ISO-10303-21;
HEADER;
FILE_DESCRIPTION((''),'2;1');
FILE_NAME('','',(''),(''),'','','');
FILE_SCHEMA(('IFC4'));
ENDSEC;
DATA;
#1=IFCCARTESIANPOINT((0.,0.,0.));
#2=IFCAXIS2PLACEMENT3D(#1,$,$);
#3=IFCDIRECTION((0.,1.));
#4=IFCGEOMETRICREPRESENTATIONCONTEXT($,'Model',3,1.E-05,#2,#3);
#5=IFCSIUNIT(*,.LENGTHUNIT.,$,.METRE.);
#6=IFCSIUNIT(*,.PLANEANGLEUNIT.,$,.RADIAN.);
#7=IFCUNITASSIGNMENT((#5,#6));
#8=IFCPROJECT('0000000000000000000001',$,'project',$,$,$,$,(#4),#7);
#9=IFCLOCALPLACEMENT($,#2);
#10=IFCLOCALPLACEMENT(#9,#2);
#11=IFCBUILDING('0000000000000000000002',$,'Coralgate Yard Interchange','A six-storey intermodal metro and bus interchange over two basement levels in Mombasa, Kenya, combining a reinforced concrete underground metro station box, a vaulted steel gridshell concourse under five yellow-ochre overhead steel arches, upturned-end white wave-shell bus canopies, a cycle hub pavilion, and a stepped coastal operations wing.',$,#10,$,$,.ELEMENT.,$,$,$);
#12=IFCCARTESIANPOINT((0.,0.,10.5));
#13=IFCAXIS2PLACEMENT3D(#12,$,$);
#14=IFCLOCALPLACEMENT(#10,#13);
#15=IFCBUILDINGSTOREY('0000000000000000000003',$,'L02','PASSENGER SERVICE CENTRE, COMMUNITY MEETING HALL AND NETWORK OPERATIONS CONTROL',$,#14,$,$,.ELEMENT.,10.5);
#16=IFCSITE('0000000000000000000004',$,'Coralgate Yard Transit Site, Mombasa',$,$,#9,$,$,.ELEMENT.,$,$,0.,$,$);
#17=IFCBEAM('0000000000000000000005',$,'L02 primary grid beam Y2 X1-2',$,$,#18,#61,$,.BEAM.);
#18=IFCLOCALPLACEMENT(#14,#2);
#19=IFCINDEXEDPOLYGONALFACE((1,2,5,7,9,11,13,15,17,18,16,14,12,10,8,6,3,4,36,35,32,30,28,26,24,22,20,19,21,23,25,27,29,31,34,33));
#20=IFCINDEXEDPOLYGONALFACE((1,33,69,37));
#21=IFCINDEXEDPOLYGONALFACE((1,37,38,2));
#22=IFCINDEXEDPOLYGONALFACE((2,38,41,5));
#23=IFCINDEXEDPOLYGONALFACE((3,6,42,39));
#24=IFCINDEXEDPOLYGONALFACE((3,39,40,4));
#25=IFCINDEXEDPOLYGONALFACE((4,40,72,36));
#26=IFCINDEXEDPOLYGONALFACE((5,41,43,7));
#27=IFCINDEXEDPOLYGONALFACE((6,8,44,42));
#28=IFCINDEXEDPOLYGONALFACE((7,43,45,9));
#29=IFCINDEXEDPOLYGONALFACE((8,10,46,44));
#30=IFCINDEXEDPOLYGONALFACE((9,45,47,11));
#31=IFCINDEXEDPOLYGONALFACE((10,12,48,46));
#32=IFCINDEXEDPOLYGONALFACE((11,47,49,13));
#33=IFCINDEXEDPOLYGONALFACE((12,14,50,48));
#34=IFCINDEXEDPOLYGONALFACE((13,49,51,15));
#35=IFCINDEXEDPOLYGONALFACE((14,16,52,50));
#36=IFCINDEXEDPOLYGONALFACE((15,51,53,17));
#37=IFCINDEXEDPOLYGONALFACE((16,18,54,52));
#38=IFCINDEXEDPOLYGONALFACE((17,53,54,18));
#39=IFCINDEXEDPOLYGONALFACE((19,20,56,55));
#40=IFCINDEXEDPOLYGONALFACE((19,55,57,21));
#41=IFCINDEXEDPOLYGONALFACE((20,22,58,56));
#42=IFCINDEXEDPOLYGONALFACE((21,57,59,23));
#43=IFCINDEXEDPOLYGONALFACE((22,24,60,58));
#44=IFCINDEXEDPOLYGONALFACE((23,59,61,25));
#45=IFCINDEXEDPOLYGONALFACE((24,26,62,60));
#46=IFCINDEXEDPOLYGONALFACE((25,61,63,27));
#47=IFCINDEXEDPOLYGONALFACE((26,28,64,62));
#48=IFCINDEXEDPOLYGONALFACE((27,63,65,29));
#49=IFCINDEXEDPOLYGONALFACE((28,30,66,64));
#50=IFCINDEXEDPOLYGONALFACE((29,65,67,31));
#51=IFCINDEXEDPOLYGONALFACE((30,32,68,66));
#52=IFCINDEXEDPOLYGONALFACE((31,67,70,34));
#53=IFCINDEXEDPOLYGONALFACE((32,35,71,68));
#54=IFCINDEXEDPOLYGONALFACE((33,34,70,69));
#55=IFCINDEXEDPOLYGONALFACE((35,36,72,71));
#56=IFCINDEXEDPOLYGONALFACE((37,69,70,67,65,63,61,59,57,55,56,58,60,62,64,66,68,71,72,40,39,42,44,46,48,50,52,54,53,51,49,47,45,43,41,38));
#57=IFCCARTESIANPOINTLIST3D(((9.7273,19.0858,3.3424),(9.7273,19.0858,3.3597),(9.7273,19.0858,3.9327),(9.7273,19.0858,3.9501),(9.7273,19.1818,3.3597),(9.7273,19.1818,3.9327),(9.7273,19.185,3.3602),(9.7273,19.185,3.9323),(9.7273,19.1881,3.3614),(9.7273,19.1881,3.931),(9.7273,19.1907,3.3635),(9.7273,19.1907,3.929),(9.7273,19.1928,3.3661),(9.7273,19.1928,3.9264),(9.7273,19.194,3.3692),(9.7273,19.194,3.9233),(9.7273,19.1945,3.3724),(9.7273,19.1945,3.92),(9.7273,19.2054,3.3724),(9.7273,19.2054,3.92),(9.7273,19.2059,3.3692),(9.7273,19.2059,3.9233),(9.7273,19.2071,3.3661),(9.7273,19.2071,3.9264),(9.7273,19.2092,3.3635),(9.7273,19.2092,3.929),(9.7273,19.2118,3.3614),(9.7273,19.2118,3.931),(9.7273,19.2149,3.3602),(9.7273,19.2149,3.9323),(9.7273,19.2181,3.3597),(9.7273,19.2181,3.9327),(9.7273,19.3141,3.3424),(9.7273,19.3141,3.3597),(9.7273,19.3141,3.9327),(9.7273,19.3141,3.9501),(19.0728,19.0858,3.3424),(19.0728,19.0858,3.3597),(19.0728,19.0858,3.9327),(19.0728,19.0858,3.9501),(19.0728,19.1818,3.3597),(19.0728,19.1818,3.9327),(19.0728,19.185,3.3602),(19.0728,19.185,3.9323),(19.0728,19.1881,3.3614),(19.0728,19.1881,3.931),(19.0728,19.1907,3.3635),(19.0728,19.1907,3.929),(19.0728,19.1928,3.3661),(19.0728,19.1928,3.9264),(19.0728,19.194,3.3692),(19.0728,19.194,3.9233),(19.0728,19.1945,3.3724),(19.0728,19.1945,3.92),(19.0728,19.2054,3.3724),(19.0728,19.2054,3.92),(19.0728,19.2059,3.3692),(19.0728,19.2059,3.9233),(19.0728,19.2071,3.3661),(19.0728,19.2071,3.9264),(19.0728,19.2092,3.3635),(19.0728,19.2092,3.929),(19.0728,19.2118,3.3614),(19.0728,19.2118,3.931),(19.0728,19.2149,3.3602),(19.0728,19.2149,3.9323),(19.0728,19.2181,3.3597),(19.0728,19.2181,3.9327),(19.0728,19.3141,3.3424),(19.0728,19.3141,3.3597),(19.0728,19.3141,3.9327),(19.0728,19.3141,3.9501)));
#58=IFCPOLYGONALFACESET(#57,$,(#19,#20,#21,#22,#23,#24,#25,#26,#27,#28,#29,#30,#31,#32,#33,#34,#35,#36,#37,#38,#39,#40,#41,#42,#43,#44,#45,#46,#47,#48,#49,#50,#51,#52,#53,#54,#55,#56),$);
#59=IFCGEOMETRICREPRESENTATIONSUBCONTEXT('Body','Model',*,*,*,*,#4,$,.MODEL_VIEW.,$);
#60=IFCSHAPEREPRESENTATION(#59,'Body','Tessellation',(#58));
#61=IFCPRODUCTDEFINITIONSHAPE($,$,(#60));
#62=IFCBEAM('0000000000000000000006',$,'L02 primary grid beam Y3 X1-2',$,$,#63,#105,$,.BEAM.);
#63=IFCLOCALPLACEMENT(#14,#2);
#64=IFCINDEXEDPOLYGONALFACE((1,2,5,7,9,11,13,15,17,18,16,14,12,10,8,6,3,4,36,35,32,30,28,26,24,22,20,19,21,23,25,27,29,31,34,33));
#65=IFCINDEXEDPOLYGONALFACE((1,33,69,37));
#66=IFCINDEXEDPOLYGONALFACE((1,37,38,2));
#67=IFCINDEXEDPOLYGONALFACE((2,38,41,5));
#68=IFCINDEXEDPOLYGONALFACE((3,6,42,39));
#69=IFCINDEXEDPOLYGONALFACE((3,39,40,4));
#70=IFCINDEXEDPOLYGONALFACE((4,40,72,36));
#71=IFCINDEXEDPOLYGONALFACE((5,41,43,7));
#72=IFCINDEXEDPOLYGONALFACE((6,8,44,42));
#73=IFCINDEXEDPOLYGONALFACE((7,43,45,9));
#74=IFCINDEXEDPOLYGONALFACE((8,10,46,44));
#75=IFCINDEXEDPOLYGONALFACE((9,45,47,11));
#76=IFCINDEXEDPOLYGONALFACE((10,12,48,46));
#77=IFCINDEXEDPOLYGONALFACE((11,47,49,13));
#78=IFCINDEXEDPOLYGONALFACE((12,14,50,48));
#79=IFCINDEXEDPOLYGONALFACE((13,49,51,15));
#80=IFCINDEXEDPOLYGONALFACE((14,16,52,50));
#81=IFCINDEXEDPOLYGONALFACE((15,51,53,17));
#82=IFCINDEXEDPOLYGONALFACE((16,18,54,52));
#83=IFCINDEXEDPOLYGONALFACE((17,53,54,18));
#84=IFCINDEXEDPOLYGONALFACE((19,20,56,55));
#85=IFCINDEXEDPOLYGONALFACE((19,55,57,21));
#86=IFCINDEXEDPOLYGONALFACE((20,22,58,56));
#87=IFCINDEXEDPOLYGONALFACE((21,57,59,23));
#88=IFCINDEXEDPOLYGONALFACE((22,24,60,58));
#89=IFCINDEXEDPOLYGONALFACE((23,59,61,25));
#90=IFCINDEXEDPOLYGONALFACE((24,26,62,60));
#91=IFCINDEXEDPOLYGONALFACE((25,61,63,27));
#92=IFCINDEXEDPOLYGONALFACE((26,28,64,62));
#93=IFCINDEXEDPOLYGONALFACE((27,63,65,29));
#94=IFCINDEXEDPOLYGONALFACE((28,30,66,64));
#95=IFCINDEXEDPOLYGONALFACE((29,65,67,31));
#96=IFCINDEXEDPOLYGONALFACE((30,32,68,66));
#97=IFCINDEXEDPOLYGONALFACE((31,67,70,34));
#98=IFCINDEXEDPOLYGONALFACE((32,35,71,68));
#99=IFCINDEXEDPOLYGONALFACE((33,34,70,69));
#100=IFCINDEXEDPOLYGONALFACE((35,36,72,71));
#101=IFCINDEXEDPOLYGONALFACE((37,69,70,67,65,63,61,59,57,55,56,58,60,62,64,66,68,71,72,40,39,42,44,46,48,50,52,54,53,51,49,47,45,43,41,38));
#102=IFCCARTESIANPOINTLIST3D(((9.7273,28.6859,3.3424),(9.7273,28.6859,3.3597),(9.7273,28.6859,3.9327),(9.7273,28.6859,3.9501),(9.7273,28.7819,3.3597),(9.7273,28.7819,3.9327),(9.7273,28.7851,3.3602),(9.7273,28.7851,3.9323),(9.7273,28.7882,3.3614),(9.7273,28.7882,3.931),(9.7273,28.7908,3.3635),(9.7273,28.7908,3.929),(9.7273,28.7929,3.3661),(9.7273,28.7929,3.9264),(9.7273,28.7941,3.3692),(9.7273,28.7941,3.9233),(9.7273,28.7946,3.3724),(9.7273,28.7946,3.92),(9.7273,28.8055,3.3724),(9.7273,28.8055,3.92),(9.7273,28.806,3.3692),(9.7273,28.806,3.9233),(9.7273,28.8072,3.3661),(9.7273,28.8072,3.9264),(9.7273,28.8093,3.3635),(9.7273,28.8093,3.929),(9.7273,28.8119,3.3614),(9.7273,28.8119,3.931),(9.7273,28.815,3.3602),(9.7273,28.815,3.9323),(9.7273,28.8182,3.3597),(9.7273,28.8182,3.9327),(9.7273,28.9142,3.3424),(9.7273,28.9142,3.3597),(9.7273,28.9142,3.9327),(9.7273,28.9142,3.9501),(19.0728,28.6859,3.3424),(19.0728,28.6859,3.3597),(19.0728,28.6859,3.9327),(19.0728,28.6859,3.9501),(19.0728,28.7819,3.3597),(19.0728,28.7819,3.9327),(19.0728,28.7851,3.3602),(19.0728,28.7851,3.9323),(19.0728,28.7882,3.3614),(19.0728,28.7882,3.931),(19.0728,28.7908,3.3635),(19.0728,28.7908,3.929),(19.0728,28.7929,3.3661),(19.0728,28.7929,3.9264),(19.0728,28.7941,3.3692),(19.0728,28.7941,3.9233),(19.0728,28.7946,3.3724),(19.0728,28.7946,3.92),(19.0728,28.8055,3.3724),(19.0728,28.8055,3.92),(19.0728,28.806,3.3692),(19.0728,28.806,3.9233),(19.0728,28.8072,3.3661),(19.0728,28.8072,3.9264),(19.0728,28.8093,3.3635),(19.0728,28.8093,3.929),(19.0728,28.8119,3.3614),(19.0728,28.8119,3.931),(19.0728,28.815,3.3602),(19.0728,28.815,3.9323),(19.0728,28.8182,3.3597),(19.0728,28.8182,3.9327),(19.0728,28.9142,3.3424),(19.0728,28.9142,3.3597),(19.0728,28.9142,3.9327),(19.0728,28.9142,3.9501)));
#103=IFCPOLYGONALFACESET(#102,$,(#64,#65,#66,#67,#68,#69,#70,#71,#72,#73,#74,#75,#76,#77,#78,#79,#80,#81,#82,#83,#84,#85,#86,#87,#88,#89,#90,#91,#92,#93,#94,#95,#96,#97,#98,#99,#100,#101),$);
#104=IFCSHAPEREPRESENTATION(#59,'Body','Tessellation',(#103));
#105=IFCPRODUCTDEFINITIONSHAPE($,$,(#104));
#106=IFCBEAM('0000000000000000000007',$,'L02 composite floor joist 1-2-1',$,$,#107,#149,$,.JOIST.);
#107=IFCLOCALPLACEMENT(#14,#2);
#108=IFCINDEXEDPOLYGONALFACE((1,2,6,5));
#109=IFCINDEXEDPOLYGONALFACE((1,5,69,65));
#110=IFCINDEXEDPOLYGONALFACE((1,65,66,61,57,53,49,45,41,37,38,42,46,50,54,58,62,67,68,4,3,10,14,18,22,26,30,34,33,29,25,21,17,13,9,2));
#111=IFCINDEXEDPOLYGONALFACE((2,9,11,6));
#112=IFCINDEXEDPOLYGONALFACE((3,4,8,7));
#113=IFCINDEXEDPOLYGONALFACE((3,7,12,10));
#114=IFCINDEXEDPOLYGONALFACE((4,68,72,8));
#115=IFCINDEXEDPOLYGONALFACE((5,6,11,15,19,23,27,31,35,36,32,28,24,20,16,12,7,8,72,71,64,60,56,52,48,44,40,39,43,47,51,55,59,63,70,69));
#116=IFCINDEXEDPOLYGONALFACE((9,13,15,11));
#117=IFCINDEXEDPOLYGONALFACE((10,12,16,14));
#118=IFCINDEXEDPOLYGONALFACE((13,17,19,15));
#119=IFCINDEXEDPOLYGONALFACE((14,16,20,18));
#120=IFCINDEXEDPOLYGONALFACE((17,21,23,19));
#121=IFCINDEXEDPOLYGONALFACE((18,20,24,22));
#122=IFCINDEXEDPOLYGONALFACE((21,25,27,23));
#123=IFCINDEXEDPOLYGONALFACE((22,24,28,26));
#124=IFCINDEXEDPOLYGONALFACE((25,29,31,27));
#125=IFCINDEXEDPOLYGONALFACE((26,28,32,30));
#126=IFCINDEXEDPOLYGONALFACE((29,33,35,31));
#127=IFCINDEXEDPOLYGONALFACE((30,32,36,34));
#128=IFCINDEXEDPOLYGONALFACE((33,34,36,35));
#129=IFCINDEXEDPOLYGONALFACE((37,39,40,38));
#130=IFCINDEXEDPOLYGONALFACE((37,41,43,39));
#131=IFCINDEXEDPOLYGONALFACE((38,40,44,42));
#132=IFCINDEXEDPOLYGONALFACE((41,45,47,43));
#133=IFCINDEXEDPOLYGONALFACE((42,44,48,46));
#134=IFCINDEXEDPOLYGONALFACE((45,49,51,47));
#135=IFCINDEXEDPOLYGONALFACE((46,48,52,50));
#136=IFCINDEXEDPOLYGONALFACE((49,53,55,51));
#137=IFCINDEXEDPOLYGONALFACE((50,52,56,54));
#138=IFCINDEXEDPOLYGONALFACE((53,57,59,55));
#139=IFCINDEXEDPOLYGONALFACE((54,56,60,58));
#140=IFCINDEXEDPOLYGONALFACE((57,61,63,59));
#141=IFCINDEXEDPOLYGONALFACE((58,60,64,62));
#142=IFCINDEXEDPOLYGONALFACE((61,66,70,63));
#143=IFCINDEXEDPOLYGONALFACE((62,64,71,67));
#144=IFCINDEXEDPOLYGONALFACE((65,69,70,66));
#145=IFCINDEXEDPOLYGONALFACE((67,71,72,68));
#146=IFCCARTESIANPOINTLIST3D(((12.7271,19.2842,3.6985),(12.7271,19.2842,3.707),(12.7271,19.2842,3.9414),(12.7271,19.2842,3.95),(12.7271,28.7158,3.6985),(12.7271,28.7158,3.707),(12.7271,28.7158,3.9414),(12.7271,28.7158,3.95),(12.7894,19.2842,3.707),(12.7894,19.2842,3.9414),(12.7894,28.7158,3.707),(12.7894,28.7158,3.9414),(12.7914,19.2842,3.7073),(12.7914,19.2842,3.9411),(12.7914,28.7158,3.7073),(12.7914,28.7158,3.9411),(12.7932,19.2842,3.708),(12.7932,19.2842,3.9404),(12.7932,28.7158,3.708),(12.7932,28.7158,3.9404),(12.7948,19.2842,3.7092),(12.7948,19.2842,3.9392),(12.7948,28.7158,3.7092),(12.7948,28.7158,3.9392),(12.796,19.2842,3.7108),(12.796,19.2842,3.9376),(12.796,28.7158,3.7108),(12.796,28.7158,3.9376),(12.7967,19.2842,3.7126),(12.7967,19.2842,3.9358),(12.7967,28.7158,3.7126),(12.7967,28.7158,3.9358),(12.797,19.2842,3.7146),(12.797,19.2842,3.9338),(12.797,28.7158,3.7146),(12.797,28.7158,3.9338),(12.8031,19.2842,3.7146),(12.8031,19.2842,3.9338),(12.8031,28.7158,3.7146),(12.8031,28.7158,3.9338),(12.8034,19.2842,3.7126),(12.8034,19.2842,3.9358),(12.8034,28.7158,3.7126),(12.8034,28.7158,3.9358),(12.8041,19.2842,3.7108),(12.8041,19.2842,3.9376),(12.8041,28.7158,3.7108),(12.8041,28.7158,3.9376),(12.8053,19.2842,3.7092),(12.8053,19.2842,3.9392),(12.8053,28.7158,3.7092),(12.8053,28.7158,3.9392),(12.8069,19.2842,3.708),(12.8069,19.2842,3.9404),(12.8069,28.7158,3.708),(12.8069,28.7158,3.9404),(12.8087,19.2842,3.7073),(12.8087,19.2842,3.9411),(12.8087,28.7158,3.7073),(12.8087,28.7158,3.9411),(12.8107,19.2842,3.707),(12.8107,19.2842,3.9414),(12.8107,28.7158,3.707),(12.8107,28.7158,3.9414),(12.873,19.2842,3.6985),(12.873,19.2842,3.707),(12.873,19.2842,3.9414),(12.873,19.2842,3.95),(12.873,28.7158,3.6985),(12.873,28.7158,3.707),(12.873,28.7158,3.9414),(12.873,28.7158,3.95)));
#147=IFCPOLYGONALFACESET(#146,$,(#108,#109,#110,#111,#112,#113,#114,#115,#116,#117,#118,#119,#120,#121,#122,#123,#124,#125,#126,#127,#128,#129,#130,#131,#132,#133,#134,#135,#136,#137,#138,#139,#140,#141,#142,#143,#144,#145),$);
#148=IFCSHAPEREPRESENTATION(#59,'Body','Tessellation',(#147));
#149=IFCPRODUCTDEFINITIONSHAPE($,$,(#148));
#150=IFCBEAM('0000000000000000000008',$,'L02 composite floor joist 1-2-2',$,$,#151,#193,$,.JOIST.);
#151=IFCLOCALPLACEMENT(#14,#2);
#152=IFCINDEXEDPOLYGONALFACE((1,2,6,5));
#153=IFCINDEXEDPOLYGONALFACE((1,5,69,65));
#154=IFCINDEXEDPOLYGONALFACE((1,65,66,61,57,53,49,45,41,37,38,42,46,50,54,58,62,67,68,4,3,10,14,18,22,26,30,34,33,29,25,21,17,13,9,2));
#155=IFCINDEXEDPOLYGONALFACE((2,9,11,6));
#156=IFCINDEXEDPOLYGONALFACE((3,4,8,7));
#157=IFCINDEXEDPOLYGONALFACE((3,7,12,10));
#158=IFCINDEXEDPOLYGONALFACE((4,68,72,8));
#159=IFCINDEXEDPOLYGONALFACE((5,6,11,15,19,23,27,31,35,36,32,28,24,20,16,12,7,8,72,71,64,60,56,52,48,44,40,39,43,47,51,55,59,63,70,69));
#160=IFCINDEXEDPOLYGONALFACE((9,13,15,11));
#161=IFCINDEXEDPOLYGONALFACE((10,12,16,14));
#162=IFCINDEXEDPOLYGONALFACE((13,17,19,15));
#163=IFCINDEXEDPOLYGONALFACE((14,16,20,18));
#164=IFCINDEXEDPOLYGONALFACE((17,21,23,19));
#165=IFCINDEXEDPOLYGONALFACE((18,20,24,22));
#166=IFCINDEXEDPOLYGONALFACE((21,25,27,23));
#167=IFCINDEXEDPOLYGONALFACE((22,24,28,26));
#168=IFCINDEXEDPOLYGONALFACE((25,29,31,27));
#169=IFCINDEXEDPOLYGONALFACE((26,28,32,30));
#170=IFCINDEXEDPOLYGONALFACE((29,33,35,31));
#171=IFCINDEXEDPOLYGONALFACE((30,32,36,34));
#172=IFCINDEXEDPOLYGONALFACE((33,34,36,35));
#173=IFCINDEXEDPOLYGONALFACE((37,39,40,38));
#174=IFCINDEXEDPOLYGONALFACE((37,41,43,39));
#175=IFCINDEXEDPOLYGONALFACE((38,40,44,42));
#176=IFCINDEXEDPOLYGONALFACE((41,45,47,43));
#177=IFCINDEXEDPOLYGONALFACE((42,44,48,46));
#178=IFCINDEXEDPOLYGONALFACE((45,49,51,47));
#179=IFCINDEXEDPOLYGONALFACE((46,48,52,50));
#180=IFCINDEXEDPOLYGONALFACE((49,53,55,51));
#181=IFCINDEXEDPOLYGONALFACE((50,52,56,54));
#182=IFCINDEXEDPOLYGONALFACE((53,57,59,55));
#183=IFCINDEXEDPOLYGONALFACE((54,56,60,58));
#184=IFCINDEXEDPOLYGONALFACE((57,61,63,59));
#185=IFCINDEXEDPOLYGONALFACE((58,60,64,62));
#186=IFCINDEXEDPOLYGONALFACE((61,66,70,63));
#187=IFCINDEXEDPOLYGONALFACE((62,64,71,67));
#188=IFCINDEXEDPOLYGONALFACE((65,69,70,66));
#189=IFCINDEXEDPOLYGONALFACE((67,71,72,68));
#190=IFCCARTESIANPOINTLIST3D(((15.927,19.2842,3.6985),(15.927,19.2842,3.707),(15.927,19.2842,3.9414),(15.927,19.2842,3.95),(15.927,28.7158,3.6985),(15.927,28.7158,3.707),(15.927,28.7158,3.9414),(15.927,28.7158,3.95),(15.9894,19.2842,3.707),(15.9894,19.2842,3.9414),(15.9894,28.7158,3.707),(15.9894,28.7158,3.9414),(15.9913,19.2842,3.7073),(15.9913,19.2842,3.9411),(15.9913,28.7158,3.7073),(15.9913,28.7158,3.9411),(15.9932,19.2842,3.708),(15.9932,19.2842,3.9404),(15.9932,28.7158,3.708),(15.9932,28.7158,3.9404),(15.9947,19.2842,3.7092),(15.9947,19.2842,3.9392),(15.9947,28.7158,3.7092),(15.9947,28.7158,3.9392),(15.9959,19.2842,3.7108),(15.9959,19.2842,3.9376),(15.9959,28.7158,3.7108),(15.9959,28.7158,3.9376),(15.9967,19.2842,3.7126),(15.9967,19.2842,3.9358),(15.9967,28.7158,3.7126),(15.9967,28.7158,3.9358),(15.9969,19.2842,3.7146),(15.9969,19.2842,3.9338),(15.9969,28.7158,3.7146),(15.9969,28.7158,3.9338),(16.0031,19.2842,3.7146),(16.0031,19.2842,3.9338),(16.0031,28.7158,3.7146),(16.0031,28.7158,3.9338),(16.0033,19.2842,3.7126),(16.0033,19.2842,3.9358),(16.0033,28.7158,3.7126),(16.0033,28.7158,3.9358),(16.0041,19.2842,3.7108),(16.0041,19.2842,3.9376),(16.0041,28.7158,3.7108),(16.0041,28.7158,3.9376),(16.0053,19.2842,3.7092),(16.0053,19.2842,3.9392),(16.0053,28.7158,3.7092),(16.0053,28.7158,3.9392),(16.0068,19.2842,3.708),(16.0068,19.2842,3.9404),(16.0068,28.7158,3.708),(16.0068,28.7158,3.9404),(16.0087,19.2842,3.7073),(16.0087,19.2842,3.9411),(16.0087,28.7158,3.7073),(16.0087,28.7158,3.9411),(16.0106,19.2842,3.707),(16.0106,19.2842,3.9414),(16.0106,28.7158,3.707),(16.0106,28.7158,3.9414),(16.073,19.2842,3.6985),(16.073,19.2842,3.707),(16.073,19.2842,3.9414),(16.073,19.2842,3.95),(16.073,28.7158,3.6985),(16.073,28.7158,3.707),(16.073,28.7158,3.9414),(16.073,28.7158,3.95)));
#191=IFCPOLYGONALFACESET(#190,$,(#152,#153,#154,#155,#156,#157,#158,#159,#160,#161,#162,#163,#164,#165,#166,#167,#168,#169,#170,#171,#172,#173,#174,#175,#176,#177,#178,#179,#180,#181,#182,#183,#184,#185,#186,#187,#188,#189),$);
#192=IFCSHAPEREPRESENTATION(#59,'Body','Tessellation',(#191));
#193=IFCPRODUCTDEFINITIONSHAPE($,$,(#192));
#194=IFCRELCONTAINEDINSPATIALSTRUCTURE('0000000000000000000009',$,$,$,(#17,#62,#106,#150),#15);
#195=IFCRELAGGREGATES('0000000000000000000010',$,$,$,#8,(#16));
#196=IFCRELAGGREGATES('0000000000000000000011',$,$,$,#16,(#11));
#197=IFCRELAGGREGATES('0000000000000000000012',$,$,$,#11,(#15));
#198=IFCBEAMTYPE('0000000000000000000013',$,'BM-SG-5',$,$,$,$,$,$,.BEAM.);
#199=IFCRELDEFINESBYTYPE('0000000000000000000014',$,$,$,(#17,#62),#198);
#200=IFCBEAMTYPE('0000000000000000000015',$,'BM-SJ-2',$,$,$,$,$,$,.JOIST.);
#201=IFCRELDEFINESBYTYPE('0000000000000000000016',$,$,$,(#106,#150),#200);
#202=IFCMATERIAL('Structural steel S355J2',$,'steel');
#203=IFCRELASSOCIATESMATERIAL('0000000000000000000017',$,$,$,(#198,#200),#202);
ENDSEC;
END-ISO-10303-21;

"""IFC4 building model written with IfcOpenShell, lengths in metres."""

from ifc_helpers import new_model, si_unit, direction, frame, origin, origin_2d, place, context, subcontext, project, spatial, i_section, extrude, material, material_profile, profile_set, type_object, element, save


model = new_model("IFC4")

# Units and contexts
model_context = context("Model", 3, precision=1e-05, world=origin(), true_north=direction((0.0, 1.0)))
body_context = subcontext(model_context, "Body", "Model", "MODEL_VIEW")
ifc_project = project(units=[si_unit("LENGTHUNIT", "METRE"), si_unit("PLANEANGLEUNIT", "RADIAN")], contexts=[model_context])

# Site, building, storey
site_placement = place(None, origin())
site = spatial("IfcSite", under=ifc_project, at=site_placement, Name="Coralgate Yard Transit Site, Mombasa", CompositionType="ELEMENT", RefElevation=0.0)
building_placement = place(site_placement, origin())
building = spatial("IfcBuilding", under=site, at=building_placement, Name="Coralgate Yard Interchange", Description="A six-storey intermodal metro and bus interchange over two basement levels in Mombasa, Kenya, combining a reinforced concrete underground metro station box, a vaulted steel gridshell concourse under five yellow-ochre overhead steel arches, upturned-end white wave-shell bus canopies, a cycle hub pavilion, and a stepped coastal operations wing.", CompositionType="ELEMENT")
storey_placement = place(building_placement, frame((0.0, 0.0, 10.5)))
storey = spatial("IfcBuildingStorey", under=building, at=storey_placement, Name="L02", Description="PASSENGER SERVICE CENTRE, COMMUNITY MEETING HALL AND NETWORK OPERATIONS CONTROL", CompositionType="ELEMENT", Elevation=10.5)

# Shared definitions
ifc_material_1 = material(Name="Structural steel S355J2", Category="steel")

# Beams
ifc_material_profile_1 = material_profile(ifc_material_1, i_section(OverallWidth=0.2283, OverallDepth=0.6077, WebThickness=0.011, FlangeThickness=0.0173, FilletRadius=0.0127, at=origin_2d()), Name="UB 610x229x113")
ifc_profile_set_1 = profile_set([ifc_material_profile_1], Name="Structural steel S355J2")
beam_type_1 = type_object("IfcBeamType", Name="BM-SG-5", PredefinedType="BEAM", material=ifc_profile_set_1)
for number, where, z_axis, x_axis, name in (
    (1, (9.7273, 19.2, 3.6462), (1.0, 0.0, 0.0), (0.0, 1.0, 0.0), "L02 primary grid beam Y2 X1-2"),
    (2, (9.7273, 28.8, 3.6462), (1.0, 0.0, 0.0), (0.0, 1.0, 0.0), "L02 primary grid beam Y3 X1-2"),
):
    element("IfcBeam", number, at=place(storey_placement, frame(where, z_axis=z_axis, x_axis=x_axis)), inside=storey, type_object=beam_type_1, Name=name, PredefinedType="BEAM", context=body_context, shape_type="SweptSolid", body=[
        extrude(i_section(OverallWidth=0.2283, OverallDepth=0.6077, WebThickness=0.011, FlangeThickness=0.0173, FilletRadius=0.0127, at=origin_2d()), origin(), (0.0, 0.0, 1.0), 9.3455),
    ])
ifc_material_profile_2 = material_profile(ifc_material_1, i_section(OverallWidth=0.146, OverallDepth=0.2515, WebThickness=0.0061, FlangeThickness=0.0085, FilletRadius=0.0076, at=origin_2d()), Name="UB 254x146x31")
ifc_profile_set_2 = profile_set([ifc_material_profile_2], Name="Structural steel S355J2")
beam_type_2 = type_object("IfcBeamType", Name="BM-SJ-2", PredefinedType="JOIST", material=ifc_profile_set_2)
for number, where, z_axis, x_axis, name in (
    (3, (12.8, 19.2842, 3.8242), (0.0, 1.0, 0.0), (-1.0, 0.0, 0.0), "L02 composite floor joist 1-2-1"),
    (4, (16.0, 19.2842, 3.8242), (0.0, 1.0, 0.0), (-1.0, 0.0, 0.0), "L02 composite floor joist 1-2-2"),
):
    element("IfcBeam", number, at=place(storey_placement, frame(where, z_axis=z_axis, x_axis=x_axis)), inside=storey, type_object=beam_type_2, Name=name, PredefinedType="JOIST", context=body_context, shape_type="SweptSolid", body=[
        extrude(i_section(OverallWidth=0.146, OverallDepth=0.2515, WebThickness=0.0061, FlangeThickness=0.0085, FilletRadius=0.0076, at=origin_2d()), origin(), (0.0, 0.0, 1.0), 9.4316),
    ])

save(model, "model.ifc")
